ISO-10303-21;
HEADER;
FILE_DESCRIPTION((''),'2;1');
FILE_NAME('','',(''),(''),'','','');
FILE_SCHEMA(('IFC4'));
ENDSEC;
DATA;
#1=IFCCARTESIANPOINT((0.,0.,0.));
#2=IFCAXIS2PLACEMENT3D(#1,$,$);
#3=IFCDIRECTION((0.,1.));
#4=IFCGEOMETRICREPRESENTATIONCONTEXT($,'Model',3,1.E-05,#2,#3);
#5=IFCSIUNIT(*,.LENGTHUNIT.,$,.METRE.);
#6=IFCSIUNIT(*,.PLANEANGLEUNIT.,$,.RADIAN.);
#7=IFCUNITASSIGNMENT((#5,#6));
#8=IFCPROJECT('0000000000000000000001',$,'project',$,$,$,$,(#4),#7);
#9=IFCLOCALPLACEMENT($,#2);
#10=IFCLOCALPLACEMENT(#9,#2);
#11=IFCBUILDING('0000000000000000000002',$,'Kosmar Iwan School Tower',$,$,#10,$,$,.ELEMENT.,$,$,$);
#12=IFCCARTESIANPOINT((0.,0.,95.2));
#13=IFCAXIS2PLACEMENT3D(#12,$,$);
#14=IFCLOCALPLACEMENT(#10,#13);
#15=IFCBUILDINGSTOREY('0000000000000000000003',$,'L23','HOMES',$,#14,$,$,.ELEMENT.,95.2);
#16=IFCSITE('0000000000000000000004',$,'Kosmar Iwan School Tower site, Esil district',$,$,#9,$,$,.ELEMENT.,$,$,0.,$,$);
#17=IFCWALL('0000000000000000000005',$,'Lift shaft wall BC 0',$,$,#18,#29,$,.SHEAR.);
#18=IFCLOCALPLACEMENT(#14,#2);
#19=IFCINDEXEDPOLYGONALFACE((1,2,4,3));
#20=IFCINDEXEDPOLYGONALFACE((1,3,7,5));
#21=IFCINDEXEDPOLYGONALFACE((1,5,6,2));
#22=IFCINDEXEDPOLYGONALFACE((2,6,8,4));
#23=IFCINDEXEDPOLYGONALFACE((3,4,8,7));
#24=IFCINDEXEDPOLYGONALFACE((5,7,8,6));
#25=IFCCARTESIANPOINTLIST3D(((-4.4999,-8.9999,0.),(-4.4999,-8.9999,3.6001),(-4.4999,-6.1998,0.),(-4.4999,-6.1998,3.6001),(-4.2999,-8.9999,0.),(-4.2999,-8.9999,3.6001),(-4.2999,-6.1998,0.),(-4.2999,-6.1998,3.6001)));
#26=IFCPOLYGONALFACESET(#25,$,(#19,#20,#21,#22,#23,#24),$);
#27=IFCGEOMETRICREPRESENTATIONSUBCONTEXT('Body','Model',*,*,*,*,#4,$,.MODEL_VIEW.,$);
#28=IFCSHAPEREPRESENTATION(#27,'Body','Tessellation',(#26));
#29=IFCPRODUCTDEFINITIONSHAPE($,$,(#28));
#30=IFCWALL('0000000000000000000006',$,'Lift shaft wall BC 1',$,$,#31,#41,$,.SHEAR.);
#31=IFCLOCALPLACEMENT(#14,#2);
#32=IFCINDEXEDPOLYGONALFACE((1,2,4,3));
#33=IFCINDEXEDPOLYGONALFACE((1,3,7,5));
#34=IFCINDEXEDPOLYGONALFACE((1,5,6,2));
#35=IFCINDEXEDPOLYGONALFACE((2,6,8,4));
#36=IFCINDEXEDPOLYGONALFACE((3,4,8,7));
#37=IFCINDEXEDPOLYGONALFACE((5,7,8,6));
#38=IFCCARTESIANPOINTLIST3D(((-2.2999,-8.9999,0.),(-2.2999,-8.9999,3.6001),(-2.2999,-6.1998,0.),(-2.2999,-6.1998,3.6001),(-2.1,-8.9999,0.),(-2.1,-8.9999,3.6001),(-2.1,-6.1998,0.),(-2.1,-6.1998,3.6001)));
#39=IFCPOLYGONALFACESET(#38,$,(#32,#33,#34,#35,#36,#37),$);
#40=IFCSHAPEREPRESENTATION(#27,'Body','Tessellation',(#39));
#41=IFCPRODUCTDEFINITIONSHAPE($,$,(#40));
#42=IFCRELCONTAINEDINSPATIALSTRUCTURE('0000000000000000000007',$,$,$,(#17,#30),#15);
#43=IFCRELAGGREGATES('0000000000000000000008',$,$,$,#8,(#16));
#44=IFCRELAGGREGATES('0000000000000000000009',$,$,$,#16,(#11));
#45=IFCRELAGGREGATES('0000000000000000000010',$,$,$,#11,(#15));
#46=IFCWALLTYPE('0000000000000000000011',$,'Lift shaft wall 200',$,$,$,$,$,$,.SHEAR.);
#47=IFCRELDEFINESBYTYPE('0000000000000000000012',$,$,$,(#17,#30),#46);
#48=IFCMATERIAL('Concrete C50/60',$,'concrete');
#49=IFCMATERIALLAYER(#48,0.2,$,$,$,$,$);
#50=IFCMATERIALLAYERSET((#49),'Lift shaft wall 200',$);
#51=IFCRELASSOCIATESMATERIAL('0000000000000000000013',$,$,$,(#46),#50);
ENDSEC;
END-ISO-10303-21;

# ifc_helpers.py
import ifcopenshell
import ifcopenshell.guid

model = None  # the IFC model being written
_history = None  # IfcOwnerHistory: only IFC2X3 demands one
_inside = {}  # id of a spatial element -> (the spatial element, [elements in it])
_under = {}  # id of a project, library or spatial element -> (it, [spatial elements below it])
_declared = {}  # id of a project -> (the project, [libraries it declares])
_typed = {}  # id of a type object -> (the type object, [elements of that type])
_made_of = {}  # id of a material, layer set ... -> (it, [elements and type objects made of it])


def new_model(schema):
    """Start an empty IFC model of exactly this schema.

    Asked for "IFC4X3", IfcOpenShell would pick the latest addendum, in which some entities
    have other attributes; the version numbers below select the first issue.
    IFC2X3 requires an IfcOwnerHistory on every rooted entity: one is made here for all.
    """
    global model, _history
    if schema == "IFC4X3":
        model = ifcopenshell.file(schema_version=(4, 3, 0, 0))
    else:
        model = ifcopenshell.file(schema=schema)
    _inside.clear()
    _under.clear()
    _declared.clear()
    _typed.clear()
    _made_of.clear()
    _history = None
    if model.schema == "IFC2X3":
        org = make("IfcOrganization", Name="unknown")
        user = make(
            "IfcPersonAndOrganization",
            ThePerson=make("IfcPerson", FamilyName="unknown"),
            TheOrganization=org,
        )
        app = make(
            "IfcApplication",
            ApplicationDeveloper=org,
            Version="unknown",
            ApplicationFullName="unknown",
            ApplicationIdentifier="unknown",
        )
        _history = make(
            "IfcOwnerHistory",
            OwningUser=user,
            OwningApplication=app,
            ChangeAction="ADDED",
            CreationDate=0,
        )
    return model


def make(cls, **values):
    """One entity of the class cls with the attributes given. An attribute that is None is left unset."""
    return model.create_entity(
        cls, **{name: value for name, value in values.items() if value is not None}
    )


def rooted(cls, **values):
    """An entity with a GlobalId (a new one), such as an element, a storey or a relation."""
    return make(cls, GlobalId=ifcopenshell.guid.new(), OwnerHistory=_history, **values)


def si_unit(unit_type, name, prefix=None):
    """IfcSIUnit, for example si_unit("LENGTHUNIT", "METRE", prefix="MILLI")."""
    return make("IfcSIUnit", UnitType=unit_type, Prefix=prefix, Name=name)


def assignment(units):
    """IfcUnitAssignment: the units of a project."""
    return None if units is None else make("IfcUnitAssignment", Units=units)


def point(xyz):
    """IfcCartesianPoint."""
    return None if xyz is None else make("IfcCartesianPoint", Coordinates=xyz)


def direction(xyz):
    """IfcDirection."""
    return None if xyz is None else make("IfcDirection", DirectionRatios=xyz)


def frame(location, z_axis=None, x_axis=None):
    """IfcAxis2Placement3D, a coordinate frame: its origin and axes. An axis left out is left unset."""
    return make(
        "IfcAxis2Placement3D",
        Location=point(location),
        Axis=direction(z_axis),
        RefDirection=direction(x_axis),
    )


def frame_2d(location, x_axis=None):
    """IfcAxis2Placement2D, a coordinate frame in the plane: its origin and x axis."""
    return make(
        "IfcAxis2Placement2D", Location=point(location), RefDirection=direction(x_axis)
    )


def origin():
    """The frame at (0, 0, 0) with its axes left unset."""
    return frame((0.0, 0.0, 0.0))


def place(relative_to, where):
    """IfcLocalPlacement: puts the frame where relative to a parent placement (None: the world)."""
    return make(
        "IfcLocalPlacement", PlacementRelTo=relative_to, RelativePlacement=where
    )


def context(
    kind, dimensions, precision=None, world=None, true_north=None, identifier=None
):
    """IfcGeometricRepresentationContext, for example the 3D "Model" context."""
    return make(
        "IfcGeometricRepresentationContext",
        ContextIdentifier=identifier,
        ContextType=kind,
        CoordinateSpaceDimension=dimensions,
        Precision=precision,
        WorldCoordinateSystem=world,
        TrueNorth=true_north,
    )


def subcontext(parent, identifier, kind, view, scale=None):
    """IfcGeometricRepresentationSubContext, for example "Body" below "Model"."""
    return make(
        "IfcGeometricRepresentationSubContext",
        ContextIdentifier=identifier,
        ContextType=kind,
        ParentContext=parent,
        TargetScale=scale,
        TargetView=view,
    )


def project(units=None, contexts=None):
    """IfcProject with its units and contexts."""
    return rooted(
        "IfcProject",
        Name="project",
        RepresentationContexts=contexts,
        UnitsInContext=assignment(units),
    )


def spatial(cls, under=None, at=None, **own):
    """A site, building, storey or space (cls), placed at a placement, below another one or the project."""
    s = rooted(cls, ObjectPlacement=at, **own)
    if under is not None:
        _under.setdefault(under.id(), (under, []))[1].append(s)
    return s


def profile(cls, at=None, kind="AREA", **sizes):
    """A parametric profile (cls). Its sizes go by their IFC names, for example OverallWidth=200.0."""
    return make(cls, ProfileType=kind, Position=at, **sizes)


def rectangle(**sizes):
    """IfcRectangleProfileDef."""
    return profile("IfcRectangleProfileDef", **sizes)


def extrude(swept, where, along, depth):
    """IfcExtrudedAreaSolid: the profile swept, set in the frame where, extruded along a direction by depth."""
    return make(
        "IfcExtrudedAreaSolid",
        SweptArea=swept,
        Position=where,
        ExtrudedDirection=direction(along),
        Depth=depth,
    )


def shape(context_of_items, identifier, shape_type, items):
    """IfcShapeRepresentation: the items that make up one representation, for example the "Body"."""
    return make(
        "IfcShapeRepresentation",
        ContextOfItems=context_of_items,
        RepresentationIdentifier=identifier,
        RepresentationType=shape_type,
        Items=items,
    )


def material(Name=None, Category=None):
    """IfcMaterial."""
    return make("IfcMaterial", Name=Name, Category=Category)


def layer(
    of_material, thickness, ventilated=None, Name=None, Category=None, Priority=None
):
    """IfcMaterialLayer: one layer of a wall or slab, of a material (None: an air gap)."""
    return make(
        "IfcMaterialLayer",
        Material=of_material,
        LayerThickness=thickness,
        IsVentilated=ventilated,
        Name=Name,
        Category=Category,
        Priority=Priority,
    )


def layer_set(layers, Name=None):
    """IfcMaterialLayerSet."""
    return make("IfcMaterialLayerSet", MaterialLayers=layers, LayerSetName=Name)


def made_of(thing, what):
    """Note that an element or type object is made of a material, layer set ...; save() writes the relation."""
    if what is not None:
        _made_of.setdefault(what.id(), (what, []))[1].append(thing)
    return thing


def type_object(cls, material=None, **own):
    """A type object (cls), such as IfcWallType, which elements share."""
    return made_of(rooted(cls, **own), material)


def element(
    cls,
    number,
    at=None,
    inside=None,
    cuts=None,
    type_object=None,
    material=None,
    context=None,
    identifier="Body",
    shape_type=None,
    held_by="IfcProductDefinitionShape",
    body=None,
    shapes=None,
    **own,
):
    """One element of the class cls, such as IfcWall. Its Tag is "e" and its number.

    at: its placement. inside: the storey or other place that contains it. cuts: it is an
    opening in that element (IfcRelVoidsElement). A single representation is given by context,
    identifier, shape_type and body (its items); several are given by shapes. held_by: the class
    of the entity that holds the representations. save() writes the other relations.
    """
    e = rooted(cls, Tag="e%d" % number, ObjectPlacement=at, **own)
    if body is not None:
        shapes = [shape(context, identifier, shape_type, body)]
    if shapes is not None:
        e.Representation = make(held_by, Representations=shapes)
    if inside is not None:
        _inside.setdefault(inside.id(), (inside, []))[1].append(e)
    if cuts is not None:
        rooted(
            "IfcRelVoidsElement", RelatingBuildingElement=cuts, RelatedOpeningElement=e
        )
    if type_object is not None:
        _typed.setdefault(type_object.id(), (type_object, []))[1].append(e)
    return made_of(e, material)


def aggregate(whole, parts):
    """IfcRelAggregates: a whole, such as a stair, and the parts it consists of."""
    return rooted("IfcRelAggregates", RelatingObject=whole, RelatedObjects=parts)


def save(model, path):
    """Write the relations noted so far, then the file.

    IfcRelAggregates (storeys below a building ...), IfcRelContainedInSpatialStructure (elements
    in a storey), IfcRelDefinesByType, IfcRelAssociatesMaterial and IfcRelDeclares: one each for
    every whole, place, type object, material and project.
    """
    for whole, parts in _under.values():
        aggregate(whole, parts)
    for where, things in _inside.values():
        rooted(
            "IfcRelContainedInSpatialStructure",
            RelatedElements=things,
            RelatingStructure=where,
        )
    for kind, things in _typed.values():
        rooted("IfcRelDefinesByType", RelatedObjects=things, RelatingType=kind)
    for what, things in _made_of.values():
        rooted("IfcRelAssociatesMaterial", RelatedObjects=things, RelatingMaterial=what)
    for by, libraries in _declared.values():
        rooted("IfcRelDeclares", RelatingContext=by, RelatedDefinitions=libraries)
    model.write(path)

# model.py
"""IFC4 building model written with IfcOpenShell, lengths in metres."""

from ifc_helpers import new_model, si_unit, direction, frame, frame_2d, origin, place, context, subcontext, project, spatial, rectangle, extrude, material, layer, layer_set, type_object, element, save


model = new_model("IFC4")

# Units and contexts
model_context = context("Model", 3, precision=1e-05, world=origin(), true_north=direction((0.0, 1.0)))
body_context = subcontext(model_context, "Body", "Model", "MODEL_VIEW")
ifc_project = project(units=[si_unit("LENGTHUNIT", "METRE"), si_unit("PLANEANGLEUNIT", "RADIAN")], contexts=[model_context])

# Site, building, storey
site_placement = place(None, origin())
site = spatial("IfcSite", under=ifc_project, at=site_placement, Name="Kosmar Iwan School Tower site, Esil district", CompositionType="ELEMENT", RefElevation=0.0)
building_placement = place(site_placement, origin())
building = spatial("IfcBuilding", under=site, at=building_placement, Name="Kosmar Iwan School Tower", CompositionType="ELEMENT")
storey_placement = place(building_placement, frame((0.0, 0.0, 95.2)))
storey = spatial("IfcBuildingStorey", under=building, at=storey_placement, Name="L23", Description="HOMES", CompositionType="ELEMENT", Elevation=95.2)

# Shared definitions
ifc_material_1 = material(Name="Concrete C50/60", Category="concrete")
ifc_layer_1 = layer(ifc_material_1, 0.2)
ifc_layer_set_1 = layer_set([ifc_layer_1], Name="Lift shaft wall 200")
wall_type_1 = type_object("IfcWallType", Name="Lift shaft wall 200", PredefinedType="SHEAR", material=ifc_layer_set_1)

# Walls
for number, where, z_axis, x_axis, name in (
    (1, (-4.3999, -6.2, 0.0), (0.0, 0.0, 1.0), (0.0, -1.0, 0.0), "Lift shaft wall BC 0"),
    (2, (-2.2, -6.2, 0.0), (0.0, 0.0, 1.0), (0.0, -1.0, 0.0), "Lift shaft wall BC 1"),
):
    element("IfcWall", number, at=place(storey_placement, frame(where, z_axis=z_axis, x_axis=x_axis)), inside=storey, type_object=wall_type_1, Name=name, PredefinedType="SHEAR", context=body_context, shape_type="SweptSolid", body=[
        extrude(rectangle(XDim=2.8, YDim=0.2, at=frame_2d((1.3999, 0.0))), origin(), (0.0, 0.0, 1.0), 3.6001),
    ])

save(model, "model.ifc")
